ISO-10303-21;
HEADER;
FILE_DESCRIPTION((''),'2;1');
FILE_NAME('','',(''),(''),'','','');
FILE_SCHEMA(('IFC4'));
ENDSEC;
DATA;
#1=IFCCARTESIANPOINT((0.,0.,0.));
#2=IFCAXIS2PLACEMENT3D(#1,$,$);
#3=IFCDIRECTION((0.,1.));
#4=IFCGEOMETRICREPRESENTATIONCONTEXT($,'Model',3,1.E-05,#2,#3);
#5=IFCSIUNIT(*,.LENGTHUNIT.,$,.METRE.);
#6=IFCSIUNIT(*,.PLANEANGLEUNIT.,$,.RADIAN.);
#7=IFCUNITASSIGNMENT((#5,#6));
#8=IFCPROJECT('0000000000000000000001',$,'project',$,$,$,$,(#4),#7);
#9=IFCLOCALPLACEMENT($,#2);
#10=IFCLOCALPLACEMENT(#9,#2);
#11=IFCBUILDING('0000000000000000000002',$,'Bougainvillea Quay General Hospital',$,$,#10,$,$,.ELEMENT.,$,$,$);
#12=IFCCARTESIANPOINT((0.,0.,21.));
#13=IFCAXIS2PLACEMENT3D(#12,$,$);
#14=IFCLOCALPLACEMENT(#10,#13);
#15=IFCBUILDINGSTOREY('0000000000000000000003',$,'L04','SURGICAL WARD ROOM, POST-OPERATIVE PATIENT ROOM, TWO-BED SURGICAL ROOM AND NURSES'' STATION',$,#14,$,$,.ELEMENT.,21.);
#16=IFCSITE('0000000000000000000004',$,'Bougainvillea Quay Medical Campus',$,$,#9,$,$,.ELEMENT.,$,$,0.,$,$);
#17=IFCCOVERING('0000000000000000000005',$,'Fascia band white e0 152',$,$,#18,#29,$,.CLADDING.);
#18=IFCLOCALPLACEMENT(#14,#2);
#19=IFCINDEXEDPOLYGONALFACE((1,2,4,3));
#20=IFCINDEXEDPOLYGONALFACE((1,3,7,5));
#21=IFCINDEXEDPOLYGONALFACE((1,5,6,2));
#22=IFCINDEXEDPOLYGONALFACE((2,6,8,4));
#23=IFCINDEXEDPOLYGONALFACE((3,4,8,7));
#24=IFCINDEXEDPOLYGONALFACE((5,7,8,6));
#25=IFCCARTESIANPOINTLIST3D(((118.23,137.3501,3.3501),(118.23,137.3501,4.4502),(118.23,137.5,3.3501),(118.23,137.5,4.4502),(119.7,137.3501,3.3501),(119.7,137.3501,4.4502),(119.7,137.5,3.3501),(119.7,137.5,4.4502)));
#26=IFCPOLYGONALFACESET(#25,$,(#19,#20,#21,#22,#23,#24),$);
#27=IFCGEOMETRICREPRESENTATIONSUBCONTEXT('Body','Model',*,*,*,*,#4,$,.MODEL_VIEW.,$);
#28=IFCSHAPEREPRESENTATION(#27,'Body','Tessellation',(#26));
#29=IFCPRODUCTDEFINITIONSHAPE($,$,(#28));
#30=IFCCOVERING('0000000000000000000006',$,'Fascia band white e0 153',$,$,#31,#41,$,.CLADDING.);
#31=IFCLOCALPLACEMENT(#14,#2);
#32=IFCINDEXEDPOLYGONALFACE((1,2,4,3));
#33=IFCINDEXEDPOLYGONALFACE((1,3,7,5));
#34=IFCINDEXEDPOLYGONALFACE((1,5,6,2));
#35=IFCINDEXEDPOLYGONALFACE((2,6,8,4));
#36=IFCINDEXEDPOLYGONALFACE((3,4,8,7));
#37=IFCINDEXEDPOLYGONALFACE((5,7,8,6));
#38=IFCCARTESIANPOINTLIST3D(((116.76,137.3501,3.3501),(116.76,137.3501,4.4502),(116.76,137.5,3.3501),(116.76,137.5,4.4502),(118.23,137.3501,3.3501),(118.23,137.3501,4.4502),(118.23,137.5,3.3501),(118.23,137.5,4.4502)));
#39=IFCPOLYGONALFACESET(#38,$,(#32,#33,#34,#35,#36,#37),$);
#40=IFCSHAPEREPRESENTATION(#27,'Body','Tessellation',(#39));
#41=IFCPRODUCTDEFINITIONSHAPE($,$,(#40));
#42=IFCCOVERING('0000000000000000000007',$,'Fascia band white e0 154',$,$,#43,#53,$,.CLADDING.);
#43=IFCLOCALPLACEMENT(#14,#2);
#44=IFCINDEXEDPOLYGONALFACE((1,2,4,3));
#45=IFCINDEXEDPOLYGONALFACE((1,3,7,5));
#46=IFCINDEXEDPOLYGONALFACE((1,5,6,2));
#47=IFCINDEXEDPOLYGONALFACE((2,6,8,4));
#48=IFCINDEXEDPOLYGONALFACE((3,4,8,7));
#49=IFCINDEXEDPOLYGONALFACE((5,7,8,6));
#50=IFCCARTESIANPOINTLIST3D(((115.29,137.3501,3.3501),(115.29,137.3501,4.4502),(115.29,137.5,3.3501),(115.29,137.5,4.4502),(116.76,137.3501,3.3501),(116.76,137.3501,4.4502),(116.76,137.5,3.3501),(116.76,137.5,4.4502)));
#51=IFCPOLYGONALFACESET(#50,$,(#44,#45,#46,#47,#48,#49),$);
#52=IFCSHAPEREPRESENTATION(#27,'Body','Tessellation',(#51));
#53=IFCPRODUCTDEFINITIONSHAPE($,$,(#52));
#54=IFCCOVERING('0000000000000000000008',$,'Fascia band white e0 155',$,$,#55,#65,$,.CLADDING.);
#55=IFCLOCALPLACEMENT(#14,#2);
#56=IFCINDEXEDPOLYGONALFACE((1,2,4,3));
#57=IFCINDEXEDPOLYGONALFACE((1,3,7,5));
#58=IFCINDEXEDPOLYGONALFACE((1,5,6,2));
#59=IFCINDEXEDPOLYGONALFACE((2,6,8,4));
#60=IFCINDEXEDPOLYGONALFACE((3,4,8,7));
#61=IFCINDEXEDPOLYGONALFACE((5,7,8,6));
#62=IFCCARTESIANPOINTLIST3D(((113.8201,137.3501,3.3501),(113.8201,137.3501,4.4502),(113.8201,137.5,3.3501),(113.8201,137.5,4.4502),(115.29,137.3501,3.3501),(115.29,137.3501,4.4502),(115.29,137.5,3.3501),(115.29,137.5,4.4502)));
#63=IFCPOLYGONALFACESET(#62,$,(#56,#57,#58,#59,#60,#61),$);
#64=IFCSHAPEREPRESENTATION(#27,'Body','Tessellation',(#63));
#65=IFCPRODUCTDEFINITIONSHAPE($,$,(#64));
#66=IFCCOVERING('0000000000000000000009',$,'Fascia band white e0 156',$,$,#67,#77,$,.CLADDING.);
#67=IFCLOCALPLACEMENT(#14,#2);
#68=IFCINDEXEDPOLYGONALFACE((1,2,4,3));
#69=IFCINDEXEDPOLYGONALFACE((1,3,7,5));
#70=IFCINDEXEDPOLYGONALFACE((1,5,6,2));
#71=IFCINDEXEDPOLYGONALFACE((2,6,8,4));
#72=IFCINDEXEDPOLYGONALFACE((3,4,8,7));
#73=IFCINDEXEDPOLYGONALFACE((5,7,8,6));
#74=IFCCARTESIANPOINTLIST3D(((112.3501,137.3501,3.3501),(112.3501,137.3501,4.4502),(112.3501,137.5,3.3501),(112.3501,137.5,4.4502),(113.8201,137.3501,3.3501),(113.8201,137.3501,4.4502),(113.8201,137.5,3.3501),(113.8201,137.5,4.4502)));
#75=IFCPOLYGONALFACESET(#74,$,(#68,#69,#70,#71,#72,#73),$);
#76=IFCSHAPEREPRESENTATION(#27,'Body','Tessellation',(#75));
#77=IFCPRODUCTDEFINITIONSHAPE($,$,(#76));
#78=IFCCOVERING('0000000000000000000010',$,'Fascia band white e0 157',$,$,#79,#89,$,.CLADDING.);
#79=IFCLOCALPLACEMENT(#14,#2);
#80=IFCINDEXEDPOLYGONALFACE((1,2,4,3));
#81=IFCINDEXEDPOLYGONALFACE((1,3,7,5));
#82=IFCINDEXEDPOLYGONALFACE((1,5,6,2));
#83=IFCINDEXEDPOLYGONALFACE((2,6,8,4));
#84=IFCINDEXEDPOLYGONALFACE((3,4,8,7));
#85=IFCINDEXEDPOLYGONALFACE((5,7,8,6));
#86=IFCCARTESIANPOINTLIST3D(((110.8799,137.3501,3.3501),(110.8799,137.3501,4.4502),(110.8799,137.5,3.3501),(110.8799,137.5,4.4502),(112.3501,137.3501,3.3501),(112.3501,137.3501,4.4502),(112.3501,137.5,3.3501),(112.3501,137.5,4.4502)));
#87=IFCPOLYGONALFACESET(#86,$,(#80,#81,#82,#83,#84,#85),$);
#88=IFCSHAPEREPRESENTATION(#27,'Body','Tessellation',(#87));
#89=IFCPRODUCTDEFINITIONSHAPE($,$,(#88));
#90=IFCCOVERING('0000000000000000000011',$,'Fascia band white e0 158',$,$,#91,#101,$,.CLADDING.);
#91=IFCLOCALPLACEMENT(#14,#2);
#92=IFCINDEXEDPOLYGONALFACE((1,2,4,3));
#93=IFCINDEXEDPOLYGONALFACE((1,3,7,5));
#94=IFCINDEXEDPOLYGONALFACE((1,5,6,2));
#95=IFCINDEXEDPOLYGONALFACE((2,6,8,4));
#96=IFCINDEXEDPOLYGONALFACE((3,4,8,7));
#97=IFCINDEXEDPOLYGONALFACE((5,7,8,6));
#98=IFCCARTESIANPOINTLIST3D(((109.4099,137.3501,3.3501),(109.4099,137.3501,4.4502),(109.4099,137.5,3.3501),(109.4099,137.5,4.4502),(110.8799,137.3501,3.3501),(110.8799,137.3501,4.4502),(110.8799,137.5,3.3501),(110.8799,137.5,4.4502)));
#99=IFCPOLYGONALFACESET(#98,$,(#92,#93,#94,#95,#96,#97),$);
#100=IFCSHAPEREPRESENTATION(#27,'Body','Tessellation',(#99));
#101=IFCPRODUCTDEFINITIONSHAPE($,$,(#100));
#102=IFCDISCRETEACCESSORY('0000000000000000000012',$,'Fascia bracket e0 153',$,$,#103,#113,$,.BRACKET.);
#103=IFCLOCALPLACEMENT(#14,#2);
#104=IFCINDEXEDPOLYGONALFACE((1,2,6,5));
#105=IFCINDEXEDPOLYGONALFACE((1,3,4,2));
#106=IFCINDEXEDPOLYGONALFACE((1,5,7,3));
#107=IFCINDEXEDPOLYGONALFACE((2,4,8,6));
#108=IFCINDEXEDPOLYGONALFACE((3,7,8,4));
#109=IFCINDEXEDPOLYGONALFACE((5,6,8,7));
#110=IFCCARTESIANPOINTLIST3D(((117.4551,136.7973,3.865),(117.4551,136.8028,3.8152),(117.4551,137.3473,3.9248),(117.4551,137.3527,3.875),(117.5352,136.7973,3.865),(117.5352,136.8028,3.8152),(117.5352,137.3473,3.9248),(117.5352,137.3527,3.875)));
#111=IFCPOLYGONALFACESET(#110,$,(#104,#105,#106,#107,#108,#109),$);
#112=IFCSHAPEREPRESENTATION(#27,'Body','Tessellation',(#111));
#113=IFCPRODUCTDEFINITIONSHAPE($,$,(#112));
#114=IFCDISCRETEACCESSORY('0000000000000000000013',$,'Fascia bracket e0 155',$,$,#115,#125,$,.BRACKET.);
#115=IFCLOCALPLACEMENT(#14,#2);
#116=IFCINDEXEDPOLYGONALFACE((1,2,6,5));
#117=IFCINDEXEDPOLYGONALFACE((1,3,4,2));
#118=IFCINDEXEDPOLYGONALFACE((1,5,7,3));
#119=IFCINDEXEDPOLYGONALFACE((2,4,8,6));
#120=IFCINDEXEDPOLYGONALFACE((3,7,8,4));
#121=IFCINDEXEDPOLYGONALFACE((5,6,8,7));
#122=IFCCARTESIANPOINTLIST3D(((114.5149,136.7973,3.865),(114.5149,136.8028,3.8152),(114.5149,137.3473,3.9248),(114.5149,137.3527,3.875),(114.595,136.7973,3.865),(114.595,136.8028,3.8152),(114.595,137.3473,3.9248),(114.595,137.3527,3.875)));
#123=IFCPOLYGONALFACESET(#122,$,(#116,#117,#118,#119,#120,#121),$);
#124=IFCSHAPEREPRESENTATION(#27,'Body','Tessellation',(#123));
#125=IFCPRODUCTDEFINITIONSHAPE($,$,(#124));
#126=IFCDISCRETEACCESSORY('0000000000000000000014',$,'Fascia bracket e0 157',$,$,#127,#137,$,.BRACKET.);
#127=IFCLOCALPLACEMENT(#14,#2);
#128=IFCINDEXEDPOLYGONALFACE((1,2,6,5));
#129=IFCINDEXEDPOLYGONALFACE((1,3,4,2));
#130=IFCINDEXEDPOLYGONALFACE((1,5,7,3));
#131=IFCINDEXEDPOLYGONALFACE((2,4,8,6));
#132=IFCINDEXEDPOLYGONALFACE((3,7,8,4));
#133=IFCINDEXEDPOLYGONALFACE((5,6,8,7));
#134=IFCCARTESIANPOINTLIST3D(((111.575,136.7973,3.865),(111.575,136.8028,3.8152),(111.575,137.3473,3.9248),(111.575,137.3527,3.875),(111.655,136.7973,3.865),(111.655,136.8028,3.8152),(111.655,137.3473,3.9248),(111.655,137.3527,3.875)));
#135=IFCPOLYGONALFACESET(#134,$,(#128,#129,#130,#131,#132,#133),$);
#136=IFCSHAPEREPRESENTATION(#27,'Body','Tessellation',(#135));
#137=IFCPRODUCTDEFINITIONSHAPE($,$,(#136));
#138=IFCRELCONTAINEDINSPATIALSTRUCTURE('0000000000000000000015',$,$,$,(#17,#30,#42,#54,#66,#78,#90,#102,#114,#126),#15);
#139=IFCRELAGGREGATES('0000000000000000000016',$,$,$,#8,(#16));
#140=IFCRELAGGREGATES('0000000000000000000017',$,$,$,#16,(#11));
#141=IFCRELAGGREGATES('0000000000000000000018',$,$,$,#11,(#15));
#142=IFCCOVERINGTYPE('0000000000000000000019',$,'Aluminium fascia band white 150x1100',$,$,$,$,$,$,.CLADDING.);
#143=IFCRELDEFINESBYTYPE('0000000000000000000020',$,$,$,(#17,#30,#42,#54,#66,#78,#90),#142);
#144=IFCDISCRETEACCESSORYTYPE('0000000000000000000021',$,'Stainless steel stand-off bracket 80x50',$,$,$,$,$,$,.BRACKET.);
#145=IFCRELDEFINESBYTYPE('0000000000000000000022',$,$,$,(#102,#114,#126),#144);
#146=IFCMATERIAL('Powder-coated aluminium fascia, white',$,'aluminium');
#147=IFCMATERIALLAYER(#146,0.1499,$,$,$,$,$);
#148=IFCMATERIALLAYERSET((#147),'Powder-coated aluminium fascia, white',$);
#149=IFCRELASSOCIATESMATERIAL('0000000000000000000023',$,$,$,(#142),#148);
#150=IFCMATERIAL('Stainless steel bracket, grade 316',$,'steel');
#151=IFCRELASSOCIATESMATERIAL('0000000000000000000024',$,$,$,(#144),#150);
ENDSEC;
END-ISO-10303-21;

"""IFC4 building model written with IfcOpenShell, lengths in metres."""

from ifc_helpers import new_model, si_unit, direction, frame, origin, origin_2d, place, context, subcontext, project, spatial, polyline, rectangle, outline, extrude, material, layer, layer_set, material_profile, profile_set, type_object, element, save


model = new_model("IFC4")

# Units and contexts
model_context = context("Model", 3, precision=1e-05, world=origin(), true_north=direction((0.0, 1.0)))
body_context = subcontext(model_context, "Body", "Model", "MODEL_VIEW")
ifc_project = project(units=[si_unit("LENGTHUNIT", "METRE"), si_unit("PLANEANGLEUNIT", "RADIAN")], contexts=[model_context])

# Site, building, storey
site_placement = place(None, origin())
site = spatial("IfcSite", under=ifc_project, at=site_placement, Name="Bougainvillea Quay Medical Campus", CompositionType="ELEMENT", RefElevation=0.0)
building_placement = place(site_placement, origin())
building = spatial("IfcBuilding", under=site, at=building_placement, Name="Bougainvillea Quay General Hospital", CompositionType="ELEMENT")
storey_placement = place(building_placement, frame((0.0, 0.0, 21.0)))
storey = spatial("IfcBuildingStorey", under=building, at=storey_placement, Name="L04", Description="SURGICAL WARD ROOM, POST-OPERATIVE PATIENT ROOM, TWO-BED SURGICAL ROOM AND NURSES' STATION", CompositionType="ELEMENT", Elevation=21.0)

# Coverings
ifc_material_1 = material(Name="Powder-coated aluminium fascia, white", Category="aluminium")
ifc_layer_1 = layer(ifc_material_1, 0.1499)
ifc_layer_set_1 = layer_set([ifc_layer_1], Name="Powder-coated aluminium fascia, white")
covering_type = type_object("IfcCoveringType", Name="Aluminium fascia band white 150x1100", PredefinedType="CLADDING", material=ifc_layer_set_1)
for number, where, z_axis, x_axis, name in (
    (1, (119.7, 137.3501, 3.3501), (0.0, 0.0, 1.0), (-1.0, 0.0, 0.0), "Fascia band white e0 152"),
    (2, (118.23, 137.3501, 3.3501), (0.0, 0.0, 1.0), (-1.0, 0.0, 0.0), "Fascia band white e0 153"),
    (3, (116.76, 137.3501, 3.3501), (0.0, 0.0, 1.0), (-1.0, 0.0, 0.0), "Fascia band white e0 154"),
    (4, (115.29, 137.3501, 3.3501), (0.0, 0.0, 1.0), (-1.0, 0.0, 0.0), "Fascia band white e0 155"),
    (5, (113.8201, 137.3501, 3.3501), (0.0, 0.0, 1.0), (-1.0, 0.0, 0.0), "Fascia band white e0 156"),
):
    element("IfcCovering", number, at=place(storey_placement, frame(where, z_axis=z_axis, x_axis=x_axis)), inside=storey, type_object=covering_type, Name=name, PredefinedType="CLADDING", context=body_context, shape_type="SweptSolid", body=[
        extrude(outline(polyline([(0.0, 0.0), (1.47, 0.0), (1.47, -0.1499), (0.0, -0.1499), (0.0, 0.0)])), origin(), (0.0, 0.0, 1.0), 1.1001),
    ])
covering_1_placement = place(storey_placement, frame((112.3501, 137.3501, 3.3501), z_axis=(0.0, 0.0, 1.0), x_axis=(-1.0, 0.0, 0.0)))
element("IfcCovering", 6, at=covering_1_placement, inside=storey, type_object=covering_type, Name="Fascia band white e0 157", PredefinedType="CLADDING", context=body_context, shape_type="SweptSolid", body=[
    extrude(outline(polyline([(0.0, 0.0), (1.4702, 0.0), (1.4702, -0.1499), (0.0, -0.1499), (0.0, 0.0)])), origin(), (0.0, 0.0, 1.0), 1.1001),
])
covering_2_placement = place(storey_placement, frame((110.8799, 137.3501, 3.3501), z_axis=(0.0, 0.0, 1.0), x_axis=(-1.0, 0.0, 0.0)))
element("IfcCovering", 7, at=covering_2_placement, inside=storey, type_object=covering_type, Name="Fascia band white e0 158", PredefinedType="CLADDING", context=body_context, shape_type="SweptSolid", body=[
    extrude(outline(polyline([(0.0, 0.0), (1.47, 0.0), (1.47, -0.1499), (0.0, -0.1499), (0.0, 0.0)])), origin(), (0.0, 0.0, 1.0), 1.1001),
])

# Discrete accessories
ifc_material_2 = material(Name="Stainless steel bracket, grade 316", Category="steel")
ifc_material_profile_1 = material_profile(ifc_material_2, rectangle(XDim=0.0801, YDim=0.05, at=origin_2d()))
ifc_profile_set_1 = profile_set([ifc_material_profile_1], Name="Stainless steel bracket, grade 316")
discrete_accessory_type = type_object("IfcDiscreteAccessoryType", Name="Stainless steel stand-off bracket 80x50", PredefinedType="BRACKET", material=ifc_profile_set_1)
for number, where, z_axis, x_axis, name in (
    (8, (117.4951, 136.8, 3.8401), (0.0, 0.994139, 0.108107), (-1.0, 0.0, 0.0), "Fascia bracket e0 153"),
    (9, (114.5549, 136.8, 3.8401), (0.0, 0.994139, 0.108107), (-1.0, 0.0, 0.0), "Fascia bracket e0 155"),
    (10, (111.615, 136.8, 3.8401), (0.0, 0.994139, 0.108107), (-1.0, 0.0, 0.0), "Fascia bracket e0 157"),
):
    element("IfcDiscreteAccessory", number, at=place(storey_placement, frame(where, z_axis=z_axis, x_axis=x_axis)), inside=storey, type_object=discrete_accessory_type, Name=name, PredefinedType="BRACKET", context=body_context, shape_type="SweptSolid", body=[
        extrude(rectangle(XDim=0.0801, YDim=0.05, at=origin_2d()), origin(), (0.0, 0.0, 1.0), 0.5532),
    ])

save(model, "model.ifc")
